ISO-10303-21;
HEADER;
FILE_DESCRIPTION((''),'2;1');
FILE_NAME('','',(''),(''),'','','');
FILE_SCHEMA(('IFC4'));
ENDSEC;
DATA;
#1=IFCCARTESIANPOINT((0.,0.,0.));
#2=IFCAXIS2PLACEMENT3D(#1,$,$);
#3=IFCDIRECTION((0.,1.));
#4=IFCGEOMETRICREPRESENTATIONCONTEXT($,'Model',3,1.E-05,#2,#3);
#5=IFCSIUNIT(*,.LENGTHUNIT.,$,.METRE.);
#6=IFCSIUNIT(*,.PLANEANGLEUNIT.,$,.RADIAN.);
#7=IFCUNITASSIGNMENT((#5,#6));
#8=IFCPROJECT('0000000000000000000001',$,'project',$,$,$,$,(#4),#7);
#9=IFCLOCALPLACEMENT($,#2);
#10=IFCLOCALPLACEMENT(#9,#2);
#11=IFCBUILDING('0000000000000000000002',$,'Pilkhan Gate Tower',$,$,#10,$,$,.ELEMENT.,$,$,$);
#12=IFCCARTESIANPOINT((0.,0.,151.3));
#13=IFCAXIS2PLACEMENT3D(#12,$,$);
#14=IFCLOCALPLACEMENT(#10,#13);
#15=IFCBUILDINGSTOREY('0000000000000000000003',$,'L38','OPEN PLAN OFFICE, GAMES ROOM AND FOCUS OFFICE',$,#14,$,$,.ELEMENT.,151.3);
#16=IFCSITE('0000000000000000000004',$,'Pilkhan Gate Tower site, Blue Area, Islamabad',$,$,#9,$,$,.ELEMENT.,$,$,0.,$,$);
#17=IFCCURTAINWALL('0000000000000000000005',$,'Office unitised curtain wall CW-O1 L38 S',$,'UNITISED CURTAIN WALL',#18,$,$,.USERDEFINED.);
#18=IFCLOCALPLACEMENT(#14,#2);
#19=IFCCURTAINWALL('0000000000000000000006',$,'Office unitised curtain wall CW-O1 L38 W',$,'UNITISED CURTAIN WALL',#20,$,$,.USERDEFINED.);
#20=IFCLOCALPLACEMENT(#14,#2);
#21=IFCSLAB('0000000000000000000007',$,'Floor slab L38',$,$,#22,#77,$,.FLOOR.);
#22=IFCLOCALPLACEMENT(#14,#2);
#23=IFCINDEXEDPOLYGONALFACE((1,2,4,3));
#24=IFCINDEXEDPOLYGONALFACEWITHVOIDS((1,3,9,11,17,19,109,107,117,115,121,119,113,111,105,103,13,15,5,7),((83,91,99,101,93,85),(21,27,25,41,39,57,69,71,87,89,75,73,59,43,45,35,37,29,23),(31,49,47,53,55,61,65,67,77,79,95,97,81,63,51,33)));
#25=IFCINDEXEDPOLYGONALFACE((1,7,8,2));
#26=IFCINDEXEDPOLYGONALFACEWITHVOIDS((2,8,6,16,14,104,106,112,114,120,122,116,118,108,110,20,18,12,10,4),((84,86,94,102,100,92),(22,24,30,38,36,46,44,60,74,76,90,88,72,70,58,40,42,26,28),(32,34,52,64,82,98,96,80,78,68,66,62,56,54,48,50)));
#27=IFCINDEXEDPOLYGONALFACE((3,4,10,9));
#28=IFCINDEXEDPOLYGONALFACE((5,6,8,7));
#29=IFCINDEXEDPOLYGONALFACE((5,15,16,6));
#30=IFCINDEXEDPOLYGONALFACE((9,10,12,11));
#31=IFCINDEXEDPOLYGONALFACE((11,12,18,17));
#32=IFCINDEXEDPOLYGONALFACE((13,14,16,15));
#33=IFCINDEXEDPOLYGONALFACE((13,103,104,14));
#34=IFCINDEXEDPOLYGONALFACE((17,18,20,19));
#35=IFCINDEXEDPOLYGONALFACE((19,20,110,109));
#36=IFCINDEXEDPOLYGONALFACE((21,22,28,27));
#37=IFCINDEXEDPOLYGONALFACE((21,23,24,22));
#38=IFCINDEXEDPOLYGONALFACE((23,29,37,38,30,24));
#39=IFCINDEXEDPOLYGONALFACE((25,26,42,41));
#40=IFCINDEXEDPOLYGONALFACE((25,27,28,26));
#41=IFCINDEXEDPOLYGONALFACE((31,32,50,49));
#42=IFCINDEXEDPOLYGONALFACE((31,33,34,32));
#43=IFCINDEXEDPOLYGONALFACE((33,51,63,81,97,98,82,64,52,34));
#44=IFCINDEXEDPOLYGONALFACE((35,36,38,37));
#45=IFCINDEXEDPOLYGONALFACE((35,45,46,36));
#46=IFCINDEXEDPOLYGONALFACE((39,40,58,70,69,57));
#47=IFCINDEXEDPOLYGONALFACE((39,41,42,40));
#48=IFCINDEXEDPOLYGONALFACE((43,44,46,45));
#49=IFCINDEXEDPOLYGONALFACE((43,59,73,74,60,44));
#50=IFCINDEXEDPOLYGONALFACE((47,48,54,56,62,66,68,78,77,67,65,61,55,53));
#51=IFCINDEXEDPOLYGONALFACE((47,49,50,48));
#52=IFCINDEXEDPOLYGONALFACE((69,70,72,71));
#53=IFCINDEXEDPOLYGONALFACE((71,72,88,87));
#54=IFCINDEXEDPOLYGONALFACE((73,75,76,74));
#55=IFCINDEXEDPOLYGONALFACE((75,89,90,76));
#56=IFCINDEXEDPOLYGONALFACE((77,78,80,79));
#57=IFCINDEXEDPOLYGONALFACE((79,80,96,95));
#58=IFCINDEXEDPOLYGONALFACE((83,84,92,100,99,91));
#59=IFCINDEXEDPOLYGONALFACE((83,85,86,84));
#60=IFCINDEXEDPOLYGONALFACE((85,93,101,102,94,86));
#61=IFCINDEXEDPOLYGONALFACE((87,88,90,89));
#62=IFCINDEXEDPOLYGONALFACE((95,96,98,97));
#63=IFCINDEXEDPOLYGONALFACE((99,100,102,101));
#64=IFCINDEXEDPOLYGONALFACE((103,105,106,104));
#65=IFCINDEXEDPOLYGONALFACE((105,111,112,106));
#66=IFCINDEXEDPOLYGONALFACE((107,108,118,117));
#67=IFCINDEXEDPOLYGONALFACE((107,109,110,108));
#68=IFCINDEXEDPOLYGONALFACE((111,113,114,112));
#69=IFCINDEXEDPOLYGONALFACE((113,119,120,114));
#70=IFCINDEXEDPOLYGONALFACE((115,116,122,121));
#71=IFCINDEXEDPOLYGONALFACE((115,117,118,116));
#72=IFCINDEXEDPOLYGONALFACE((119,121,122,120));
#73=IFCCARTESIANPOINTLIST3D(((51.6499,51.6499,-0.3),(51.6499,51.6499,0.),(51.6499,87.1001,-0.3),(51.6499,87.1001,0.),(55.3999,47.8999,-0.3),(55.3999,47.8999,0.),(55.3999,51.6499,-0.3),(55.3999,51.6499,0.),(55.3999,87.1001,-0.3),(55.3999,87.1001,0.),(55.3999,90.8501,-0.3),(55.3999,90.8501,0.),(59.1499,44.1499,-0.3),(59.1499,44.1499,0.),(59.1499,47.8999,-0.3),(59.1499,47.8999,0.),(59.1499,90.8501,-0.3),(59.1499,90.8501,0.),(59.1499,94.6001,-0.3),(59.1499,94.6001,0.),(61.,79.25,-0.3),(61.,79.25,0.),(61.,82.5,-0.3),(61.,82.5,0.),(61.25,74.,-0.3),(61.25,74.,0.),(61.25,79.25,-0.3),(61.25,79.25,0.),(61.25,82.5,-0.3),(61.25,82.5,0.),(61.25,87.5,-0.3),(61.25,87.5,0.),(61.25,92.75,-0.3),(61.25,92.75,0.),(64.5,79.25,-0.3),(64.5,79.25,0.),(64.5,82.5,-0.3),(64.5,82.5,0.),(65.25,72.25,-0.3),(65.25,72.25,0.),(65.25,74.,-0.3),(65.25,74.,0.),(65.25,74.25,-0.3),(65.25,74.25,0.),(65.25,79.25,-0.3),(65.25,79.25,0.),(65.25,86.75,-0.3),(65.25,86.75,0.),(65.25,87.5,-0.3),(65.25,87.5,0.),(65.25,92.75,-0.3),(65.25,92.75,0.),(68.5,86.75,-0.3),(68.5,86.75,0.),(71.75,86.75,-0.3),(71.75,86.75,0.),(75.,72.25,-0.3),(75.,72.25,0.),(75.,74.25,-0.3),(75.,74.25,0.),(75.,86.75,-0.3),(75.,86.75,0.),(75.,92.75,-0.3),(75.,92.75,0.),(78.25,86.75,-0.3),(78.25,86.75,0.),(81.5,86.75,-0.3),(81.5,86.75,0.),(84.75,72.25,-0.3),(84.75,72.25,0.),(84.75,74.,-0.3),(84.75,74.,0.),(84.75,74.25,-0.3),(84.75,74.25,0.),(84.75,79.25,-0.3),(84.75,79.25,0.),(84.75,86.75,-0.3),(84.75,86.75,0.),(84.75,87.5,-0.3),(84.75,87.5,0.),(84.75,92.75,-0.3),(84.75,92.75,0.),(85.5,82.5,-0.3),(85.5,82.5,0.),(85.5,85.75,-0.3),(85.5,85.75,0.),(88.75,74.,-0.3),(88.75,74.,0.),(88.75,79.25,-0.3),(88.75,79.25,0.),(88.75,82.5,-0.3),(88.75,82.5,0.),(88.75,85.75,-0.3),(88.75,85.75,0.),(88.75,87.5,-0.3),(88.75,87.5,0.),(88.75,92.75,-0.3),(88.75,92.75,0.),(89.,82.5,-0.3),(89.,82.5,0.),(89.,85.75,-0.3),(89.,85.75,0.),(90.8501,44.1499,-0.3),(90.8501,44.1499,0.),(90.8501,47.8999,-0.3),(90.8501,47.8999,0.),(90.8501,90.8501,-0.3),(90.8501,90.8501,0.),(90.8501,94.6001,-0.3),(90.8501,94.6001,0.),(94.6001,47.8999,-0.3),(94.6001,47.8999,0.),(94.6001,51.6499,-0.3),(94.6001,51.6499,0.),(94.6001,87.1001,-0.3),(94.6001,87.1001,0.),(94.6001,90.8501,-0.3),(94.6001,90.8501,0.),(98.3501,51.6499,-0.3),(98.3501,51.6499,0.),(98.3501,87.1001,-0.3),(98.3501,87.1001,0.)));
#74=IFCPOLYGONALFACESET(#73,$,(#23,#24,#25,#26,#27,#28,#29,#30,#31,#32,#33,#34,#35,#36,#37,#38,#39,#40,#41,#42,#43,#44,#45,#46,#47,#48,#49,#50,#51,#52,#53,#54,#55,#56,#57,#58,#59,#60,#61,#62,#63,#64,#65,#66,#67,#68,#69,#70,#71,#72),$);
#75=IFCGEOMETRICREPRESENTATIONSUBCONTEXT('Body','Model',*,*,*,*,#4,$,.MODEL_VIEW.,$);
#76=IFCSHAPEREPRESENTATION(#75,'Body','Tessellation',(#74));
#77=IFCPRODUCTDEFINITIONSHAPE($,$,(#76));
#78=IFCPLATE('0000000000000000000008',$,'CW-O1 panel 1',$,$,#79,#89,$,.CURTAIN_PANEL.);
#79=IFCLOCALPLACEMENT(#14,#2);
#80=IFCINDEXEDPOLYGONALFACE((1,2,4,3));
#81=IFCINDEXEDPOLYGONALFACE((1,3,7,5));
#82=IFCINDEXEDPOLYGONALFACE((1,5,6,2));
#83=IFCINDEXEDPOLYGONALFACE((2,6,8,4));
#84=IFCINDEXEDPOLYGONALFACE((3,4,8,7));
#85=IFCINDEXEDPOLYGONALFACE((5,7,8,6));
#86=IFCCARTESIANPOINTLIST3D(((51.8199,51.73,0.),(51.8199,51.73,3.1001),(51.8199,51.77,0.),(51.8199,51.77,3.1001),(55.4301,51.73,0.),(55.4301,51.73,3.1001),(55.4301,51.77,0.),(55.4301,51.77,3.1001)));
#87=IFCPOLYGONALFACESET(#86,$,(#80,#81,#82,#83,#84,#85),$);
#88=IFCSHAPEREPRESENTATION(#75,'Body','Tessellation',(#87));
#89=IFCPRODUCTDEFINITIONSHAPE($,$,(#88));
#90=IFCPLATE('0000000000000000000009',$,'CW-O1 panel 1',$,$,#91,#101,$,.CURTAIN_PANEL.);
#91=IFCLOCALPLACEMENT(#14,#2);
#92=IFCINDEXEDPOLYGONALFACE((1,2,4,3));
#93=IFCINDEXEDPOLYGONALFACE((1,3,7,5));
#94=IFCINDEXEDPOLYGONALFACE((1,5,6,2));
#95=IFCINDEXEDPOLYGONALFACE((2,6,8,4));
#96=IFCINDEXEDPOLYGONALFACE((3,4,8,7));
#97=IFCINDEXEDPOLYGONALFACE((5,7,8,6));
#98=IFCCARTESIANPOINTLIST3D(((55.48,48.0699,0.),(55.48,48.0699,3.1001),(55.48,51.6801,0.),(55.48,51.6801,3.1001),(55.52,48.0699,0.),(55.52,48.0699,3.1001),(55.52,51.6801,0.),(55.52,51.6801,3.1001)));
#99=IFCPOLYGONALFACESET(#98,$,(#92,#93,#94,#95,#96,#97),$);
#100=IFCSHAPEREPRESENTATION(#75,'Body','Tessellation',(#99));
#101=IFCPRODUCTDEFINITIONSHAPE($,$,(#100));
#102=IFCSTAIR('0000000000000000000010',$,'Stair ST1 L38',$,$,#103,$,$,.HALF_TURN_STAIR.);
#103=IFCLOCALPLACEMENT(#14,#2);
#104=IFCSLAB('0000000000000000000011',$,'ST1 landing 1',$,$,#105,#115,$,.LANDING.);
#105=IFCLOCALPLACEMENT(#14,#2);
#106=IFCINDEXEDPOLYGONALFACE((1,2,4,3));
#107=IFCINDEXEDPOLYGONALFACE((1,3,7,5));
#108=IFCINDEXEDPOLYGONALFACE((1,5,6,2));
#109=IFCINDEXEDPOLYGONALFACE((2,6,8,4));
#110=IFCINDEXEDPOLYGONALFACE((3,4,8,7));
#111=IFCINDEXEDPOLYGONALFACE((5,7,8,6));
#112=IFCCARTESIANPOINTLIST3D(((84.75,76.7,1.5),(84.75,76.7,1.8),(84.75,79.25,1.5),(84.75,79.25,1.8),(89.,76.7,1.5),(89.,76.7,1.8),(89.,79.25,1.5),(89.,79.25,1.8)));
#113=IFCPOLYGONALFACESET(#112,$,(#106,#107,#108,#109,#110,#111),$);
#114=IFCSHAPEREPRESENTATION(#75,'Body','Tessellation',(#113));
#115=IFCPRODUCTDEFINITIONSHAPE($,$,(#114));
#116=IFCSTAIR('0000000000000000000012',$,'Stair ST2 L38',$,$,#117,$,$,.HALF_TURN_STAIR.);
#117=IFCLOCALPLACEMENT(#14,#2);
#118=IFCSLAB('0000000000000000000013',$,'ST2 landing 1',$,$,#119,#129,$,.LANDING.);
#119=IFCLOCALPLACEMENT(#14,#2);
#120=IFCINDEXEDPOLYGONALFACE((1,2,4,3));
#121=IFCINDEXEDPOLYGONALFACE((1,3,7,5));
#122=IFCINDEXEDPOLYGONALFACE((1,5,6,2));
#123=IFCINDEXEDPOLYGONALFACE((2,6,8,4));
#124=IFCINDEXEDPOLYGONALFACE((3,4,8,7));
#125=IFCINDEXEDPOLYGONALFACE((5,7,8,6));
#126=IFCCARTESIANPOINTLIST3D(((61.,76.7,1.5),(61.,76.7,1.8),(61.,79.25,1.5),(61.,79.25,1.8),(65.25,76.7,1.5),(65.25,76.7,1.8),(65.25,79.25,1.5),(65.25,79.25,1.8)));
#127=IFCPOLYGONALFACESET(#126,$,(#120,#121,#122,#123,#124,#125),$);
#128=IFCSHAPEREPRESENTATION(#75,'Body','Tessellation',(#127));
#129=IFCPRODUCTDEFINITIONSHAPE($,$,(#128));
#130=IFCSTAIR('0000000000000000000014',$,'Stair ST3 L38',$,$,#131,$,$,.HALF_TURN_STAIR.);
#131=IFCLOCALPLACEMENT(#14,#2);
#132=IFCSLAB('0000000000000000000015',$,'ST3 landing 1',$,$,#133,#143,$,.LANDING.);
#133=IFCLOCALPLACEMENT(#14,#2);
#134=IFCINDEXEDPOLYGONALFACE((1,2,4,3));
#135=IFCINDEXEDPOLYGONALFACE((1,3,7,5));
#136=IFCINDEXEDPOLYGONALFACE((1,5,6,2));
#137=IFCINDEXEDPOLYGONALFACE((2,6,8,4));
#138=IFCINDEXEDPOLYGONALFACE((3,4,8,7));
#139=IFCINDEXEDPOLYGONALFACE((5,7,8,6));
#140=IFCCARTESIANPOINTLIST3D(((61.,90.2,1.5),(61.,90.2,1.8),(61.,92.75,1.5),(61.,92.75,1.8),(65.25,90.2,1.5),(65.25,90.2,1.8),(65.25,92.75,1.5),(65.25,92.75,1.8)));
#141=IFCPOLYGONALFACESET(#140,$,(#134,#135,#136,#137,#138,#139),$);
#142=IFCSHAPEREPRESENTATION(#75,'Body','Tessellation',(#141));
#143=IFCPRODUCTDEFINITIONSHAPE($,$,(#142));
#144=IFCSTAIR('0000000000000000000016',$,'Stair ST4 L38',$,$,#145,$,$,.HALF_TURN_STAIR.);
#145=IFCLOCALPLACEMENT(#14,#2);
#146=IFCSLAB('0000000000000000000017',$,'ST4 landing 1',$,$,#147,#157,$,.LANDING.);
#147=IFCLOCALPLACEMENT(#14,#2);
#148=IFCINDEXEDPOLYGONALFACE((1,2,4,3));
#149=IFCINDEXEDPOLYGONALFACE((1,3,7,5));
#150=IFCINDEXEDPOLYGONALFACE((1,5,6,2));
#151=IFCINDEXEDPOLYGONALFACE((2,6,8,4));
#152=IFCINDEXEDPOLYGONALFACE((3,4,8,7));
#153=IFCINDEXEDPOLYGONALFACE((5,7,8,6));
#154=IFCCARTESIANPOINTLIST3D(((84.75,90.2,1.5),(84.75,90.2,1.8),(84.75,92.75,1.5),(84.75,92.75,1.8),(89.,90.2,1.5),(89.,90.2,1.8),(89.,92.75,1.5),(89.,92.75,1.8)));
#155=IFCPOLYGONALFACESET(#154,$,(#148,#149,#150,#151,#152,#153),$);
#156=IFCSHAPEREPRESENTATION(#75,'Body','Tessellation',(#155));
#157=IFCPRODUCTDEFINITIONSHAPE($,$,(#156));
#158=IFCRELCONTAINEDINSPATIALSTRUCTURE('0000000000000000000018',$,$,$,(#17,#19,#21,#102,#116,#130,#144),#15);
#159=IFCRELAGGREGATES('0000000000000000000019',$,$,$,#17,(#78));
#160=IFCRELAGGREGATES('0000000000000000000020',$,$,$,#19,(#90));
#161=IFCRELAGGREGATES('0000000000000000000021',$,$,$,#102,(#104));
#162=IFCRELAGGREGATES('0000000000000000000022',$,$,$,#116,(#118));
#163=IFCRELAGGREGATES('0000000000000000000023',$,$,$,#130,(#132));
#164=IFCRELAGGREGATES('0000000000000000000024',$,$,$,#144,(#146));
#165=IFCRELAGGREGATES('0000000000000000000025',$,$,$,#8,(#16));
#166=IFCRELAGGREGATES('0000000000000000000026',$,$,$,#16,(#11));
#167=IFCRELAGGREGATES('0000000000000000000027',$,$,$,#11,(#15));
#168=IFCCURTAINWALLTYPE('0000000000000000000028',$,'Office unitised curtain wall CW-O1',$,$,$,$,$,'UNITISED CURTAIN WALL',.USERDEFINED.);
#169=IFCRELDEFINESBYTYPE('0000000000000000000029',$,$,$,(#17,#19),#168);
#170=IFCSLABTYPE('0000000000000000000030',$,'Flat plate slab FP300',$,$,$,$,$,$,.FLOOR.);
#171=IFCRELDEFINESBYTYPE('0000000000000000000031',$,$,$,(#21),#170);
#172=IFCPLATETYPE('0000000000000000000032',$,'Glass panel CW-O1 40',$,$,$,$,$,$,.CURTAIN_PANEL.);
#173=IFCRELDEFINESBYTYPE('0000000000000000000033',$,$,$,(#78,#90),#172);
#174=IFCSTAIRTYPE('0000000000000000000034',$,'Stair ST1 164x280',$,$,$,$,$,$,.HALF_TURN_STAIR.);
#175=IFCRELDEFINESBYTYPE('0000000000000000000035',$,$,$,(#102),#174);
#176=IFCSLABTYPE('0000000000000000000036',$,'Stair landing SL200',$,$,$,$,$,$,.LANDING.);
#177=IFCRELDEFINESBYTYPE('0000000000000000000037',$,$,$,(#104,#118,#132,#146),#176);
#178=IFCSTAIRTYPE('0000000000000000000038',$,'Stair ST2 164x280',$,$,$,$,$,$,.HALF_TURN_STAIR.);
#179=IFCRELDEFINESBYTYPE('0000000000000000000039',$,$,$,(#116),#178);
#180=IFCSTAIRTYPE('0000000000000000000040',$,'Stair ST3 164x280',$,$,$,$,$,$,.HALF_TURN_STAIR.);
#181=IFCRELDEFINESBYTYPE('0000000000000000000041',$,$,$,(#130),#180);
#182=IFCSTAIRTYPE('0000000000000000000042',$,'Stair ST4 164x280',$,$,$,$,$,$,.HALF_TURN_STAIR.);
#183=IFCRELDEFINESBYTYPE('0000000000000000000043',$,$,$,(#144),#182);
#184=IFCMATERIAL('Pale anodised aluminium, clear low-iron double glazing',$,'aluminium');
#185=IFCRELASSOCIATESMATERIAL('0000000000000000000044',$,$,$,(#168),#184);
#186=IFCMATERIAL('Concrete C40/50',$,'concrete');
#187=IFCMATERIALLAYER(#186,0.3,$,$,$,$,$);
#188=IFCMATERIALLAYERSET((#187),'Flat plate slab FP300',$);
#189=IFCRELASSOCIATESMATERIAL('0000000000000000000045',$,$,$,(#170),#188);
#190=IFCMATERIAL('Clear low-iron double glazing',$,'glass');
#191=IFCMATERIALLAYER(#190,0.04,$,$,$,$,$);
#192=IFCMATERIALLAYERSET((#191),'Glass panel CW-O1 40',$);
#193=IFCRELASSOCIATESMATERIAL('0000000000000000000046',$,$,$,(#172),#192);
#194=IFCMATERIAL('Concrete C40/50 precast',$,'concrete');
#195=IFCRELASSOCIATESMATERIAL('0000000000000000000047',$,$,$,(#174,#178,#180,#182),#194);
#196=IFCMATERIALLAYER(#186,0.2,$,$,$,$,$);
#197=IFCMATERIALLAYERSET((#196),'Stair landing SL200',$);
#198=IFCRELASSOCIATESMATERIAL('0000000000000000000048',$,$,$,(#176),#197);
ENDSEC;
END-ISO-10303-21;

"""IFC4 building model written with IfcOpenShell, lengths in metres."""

from ifc_helpers import new_model, si_unit, direction, frame, origin, origin_2d, place, context, subcontext, project, spatial, polyline, rectangle, outline, extrude, material, layer, layer_set, type_object, element, aggregate, save


model = new_model("IFC4")

# Units and contexts
model_context = context("Model", 3, precision=1e-05, world=origin(), true_north=direction((0.0, 1.0)))
body_context = subcontext(model_context, "Body", "Model", "MODEL_VIEW")
ifc_project = project(units=[si_unit("LENGTHUNIT", "METRE"), si_unit("PLANEANGLEUNIT", "RADIAN")], contexts=[model_context])

# Site, building, storey
site_placement = place(None, origin())
site = spatial("IfcSite", under=ifc_project, at=site_placement, Name="Pilkhan Gate Tower site, Blue Area, Islamabad", CompositionType="ELEMENT", RefElevation=0.0)
building_placement = place(site_placement, origin())
building = spatial("IfcBuilding", under=site, at=building_placement, Name="Pilkhan Gate Tower", CompositionType="ELEMENT")
storey_placement = place(building_placement, frame((0.0, 0.0, 151.3)))
storey = spatial("IfcBuildingStorey", under=building, at=storey_placement, Name="L38", Description="OPEN PLAN OFFICE, GAMES ROOM AND FOCUS OFFICE", CompositionType="ELEMENT", Elevation=151.3)

# Shared definitions
ifc_material_1 = material(Name="Pale anodised aluminium, clear low-iron double glazing", Category="aluminium")
curtain_wall_type = type_object("IfcCurtainWallType", Name="Office unitised curtain wall CW-O1", ElementType="UNITISED CURTAIN WALL", PredefinedType="USERDEFINED", material=ifc_material_1)

# Curtain walls
curtain_wall_1_placement = place(storey_placement, origin())
curtain_wall_1 = element("IfcCurtainWall", 1, at=curtain_wall_1_placement, inside=storey, type_object=curtain_wall_type, Name="Office unitised curtain wall CW-O1 L38 S", ObjectType="UNITISED CURTAIN WALL", PredefinedType="USERDEFINED")
curtain_wall_2_placement = place(storey_placement, origin())
curtain_wall_2 = element("IfcCurtainWall", 2, at=curtain_wall_2_placement, inside=storey, type_object=curtain_wall_type, Name="Office unitised curtain wall CW-O1 L38 W", ObjectType="UNITISED CURTAIN WALL", PredefinedType="USERDEFINED")

# Slab
ifc_material_2 = material(Name="Concrete C40/50", Category="concrete")
ifc_layer_1 = layer(ifc_material_2, 0.3)
ifc_layer_set_1 = layer_set([ifc_layer_1], Name="Flat plate slab FP300")
slab_type_1 = type_object("IfcSlabType", Name="Flat plate slab FP300", PredefinedType="FLOOR", material=ifc_layer_set_1)
slab_1_placement = place(storey_placement, frame((0.0, 0.0, -0.3)))
element("IfcSlab", 3, at=slab_1_placement, inside=storey, type_object=slab_type_1, Name="Floor slab L38", PredefinedType="FLOOR", context=body_context, shape_type="SweptSolid", body=[
    extrude(outline(polyline([(94.6001, 47.8999), (90.8501, 47.8999), (90.8501, 44.1499), (59.1499, 44.1499), (59.1499, 47.8999), (55.3999, 47.8999), (55.3999, 51.6499), (51.6499, 51.6499), (51.6499, 87.1001), (55.3999, 87.1001), (55.3999, 90.8501), (59.1499, 90.8501), (59.1499, 94.6001), (90.8501, 94.6001), (90.8501, 90.8501), (94.6001, 90.8501), (94.6001, 87.1001), (98.3501, 87.1001), (98.3501, 51.6499), (94.6001, 51.6499), (94.6001, 47.8999)]), holes=[polyline([(75.0, 72.25), (84.75, 72.25), (84.75, 74.0), (88.75, 74.0), (88.75, 79.25), (84.75, 79.25), (84.75, 74.25), (75.0, 74.25), (65.25, 74.25), (65.25, 79.25), (64.5, 79.25), (64.5, 82.5), (61.25, 82.5), (61.0, 82.5), (61.0, 79.25), (61.25, 79.25), (61.25, 74.0), (65.25, 74.0), (65.25, 72.25), (75.0, 72.25)]), polyline([(68.5, 86.75), (71.75, 86.75), (75.0, 86.75), (78.25, 86.75), (81.5, 86.75), (84.75, 86.75), (84.75, 87.5), (88.75, 87.5), (88.75, 92.75), (84.75, 92.75), (75.0, 92.75), (65.25, 92.75), (61.25, 92.75), (61.25, 87.5), (65.25, 87.5), (65.25, 86.75), (68.5, 86.75)]), polyline([(85.5, 85.75), (85.5, 82.5), (88.75, 82.5), (89.0, 82.5), (89.0, 85.75), (88.75, 85.75), (85.5, 85.75)])]), origin(), (0.0, 0.0, 1.0), 0.3),
])

# Plates
ifc_material_3 = material(Name="Clear low-iron double glazing", Category="glass")
ifc_layer_2 = layer(ifc_material_3, 0.04)
ifc_layer_set_2 = layer_set([ifc_layer_2], Name="Glass panel CW-O1 40")
plate_type = type_object("IfcPlateType", Name="Glass panel CW-O1 40", PredefinedType="CURTAIN_PANEL", material=ifc_layer_set_2)
plate_1_placement = place(storey_placement, frame((53.625, 51.75, 0.0), z_axis=(0.0, 0.0, 1.0), x_axis=(1.0, 0.0, 0.0)))
plate_1 = element("IfcPlate", 4, at=plate_1_placement, type_object=plate_type, Name="CW-O1 panel 1", PredefinedType="CURTAIN_PANEL", context=body_context, shape_type="SweptSolid", body=[
    extrude(rectangle(XDim=3.6101, YDim=0.04, at=origin_2d()), origin(), (0.0, 0.0, 1.0), 3.1001),
])
aggregate(curtain_wall_1, [plate_1])
plate_2_placement = place(storey_placement, frame((55.5, 49.875, 0.0), z_axis=(0.0, 0.0, 1.0), x_axis=(0.0, 1.0, 0.0)))
plate_2 = element("IfcPlate", 5, at=plate_2_placement, type_object=plate_type, Name="CW-O1 panel 1", PredefinedType="CURTAIN_PANEL", context=body_context, shape_type="SweptSolid", body=[
    extrude(rectangle(XDim=3.6101, YDim=0.04, at=origin_2d()), origin(), (0.0, 0.0, 1.0), 3.1001),
])
aggregate(curtain_wall_2, [plate_2])

# Stairs, slabs
ifc_material_4 = material(Name="Concrete C40/50 precast", Category="concrete")
stair_type_1 = type_object("IfcStairType", Name="Stair ST1 164x280", PredefinedType="HALF_TURN_STAIR", material=ifc_material_4)
stair_1_placement = place(storey_placement, origin())
stair_1 = element("IfcStair", 6, at=stair_1_placement, inside=storey, type_object=stair_type_1, Name="Stair ST1 L38", PredefinedType="HALF_TURN_STAIR")
ifc_layer_3 = layer(ifc_material_2, 0.2)
ifc_layer_set_3 = layer_set([ifc_layer_3], Name="Stair landing SL200")
slab_type_2 = type_object("IfcSlabType", Name="Stair landing SL200", PredefinedType="LANDING", material=ifc_layer_set_3)
slab_2_placement = place(storey_placement, frame((0.0, 0.0, 1.5)))
slab_2 = element("IfcSlab", 7, at=slab_2_placement, type_object=slab_type_2, Name="ST1 landing 1", PredefinedType="LANDING", context=body_context, shape_type="SweptSolid", body=[
    extrude(outline(polyline([(89.0, 76.7), (89.0, 79.25), (84.75, 79.25), (84.75, 76.7), (89.0, 76.7)])), origin(), (0.0, 0.0, 1.0), 0.3),
])
aggregate(stair_1, [slab_2])
stair_type_2 = type_object("IfcStairType", Name="Stair ST2 164x280", PredefinedType="HALF_TURN_STAIR", material=ifc_material_4)
stair_2_placement = place(storey_placement, origin())
stair_2 = element("IfcStair", 8, at=stair_2_placement, inside=storey, type_object=stair_type_2, Name="Stair ST2 L38", PredefinedType="HALF_TURN_STAIR")
slab_3_placement = place(storey_placement, frame((0.0, 0.0, 1.5)))
slab_3 = element("IfcSlab", 9, at=slab_3_placement, type_object=slab_type_2, Name="ST2 landing 1", PredefinedType="LANDING", context=body_context, shape_type="SweptSolid", body=[
    extrude(outline(polyline([(65.25, 76.7), (65.25, 79.25), (61.0, 79.25), (61.0, 76.7), (65.25, 76.7)])), origin(), (0.0, 0.0, 1.0), 0.3),
])
aggregate(stair_2, [slab_3])
stair_type_3 = type_object("IfcStairType", Name="Stair ST3 164x280", PredefinedType="HALF_TURN_STAIR", material=ifc_material_4)
stair_3_placement = place(storey_placement, origin())
stair_3 = element("IfcStair", 10, at=stair_3_placement, inside=storey, type_object=stair_type_3, Name="Stair ST3 L38", PredefinedType="HALF_TURN_STAIR")
slab_4_placement = place(storey_placement, frame((0.0, 0.0, 1.5)))
slab_4 = element("IfcSlab", 11, at=slab_4_placement, type_object=slab_type_2, Name="ST3 landing 1", PredefinedType="LANDING", context=body_context, shape_type="SweptSolid", body=[
    extrude(outline(polyline([(65.25, 90.2), (65.25, 92.75), (61.0, 92.75), (61.0, 90.2), (65.25, 90.2)])), origin(), (0.0, 0.0, 1.0), 0.3),
])
aggregate(stair_3, [slab_4])
stair_type_4 = type_object("IfcStairType", Name="Stair ST4 164x280", PredefinedType="HALF_TURN_STAIR", material=ifc_material_4)
stair_4_placement = place(storey_placement, origin())
stair_4 = element("IfcStair", 12, at=stair_4_placement, inside=storey, type_object=stair_type_4, Name="Stair ST4 L38", PredefinedType="HALF_TURN_STAIR")
slab_5_placement = place(storey_placement, frame((0.0, 0.0, 1.5)))
slab_5 = element("IfcSlab", 13, at=slab_5_placement, type_object=slab_type_2, Name="ST4 landing 1", PredefinedType="LANDING", context=body_context, shape_type="SweptSolid", body=[
    extrude(outline(polyline([(89.0, 90.2), (89.0, 92.75), (84.75, 92.75), (84.75, 90.2), (89.0, 90.2)])), origin(), (0.0, 0.0, 1.0), 0.3),
])
aggregate(stair_4, [slab_5])

save(model, "model.ifc")
